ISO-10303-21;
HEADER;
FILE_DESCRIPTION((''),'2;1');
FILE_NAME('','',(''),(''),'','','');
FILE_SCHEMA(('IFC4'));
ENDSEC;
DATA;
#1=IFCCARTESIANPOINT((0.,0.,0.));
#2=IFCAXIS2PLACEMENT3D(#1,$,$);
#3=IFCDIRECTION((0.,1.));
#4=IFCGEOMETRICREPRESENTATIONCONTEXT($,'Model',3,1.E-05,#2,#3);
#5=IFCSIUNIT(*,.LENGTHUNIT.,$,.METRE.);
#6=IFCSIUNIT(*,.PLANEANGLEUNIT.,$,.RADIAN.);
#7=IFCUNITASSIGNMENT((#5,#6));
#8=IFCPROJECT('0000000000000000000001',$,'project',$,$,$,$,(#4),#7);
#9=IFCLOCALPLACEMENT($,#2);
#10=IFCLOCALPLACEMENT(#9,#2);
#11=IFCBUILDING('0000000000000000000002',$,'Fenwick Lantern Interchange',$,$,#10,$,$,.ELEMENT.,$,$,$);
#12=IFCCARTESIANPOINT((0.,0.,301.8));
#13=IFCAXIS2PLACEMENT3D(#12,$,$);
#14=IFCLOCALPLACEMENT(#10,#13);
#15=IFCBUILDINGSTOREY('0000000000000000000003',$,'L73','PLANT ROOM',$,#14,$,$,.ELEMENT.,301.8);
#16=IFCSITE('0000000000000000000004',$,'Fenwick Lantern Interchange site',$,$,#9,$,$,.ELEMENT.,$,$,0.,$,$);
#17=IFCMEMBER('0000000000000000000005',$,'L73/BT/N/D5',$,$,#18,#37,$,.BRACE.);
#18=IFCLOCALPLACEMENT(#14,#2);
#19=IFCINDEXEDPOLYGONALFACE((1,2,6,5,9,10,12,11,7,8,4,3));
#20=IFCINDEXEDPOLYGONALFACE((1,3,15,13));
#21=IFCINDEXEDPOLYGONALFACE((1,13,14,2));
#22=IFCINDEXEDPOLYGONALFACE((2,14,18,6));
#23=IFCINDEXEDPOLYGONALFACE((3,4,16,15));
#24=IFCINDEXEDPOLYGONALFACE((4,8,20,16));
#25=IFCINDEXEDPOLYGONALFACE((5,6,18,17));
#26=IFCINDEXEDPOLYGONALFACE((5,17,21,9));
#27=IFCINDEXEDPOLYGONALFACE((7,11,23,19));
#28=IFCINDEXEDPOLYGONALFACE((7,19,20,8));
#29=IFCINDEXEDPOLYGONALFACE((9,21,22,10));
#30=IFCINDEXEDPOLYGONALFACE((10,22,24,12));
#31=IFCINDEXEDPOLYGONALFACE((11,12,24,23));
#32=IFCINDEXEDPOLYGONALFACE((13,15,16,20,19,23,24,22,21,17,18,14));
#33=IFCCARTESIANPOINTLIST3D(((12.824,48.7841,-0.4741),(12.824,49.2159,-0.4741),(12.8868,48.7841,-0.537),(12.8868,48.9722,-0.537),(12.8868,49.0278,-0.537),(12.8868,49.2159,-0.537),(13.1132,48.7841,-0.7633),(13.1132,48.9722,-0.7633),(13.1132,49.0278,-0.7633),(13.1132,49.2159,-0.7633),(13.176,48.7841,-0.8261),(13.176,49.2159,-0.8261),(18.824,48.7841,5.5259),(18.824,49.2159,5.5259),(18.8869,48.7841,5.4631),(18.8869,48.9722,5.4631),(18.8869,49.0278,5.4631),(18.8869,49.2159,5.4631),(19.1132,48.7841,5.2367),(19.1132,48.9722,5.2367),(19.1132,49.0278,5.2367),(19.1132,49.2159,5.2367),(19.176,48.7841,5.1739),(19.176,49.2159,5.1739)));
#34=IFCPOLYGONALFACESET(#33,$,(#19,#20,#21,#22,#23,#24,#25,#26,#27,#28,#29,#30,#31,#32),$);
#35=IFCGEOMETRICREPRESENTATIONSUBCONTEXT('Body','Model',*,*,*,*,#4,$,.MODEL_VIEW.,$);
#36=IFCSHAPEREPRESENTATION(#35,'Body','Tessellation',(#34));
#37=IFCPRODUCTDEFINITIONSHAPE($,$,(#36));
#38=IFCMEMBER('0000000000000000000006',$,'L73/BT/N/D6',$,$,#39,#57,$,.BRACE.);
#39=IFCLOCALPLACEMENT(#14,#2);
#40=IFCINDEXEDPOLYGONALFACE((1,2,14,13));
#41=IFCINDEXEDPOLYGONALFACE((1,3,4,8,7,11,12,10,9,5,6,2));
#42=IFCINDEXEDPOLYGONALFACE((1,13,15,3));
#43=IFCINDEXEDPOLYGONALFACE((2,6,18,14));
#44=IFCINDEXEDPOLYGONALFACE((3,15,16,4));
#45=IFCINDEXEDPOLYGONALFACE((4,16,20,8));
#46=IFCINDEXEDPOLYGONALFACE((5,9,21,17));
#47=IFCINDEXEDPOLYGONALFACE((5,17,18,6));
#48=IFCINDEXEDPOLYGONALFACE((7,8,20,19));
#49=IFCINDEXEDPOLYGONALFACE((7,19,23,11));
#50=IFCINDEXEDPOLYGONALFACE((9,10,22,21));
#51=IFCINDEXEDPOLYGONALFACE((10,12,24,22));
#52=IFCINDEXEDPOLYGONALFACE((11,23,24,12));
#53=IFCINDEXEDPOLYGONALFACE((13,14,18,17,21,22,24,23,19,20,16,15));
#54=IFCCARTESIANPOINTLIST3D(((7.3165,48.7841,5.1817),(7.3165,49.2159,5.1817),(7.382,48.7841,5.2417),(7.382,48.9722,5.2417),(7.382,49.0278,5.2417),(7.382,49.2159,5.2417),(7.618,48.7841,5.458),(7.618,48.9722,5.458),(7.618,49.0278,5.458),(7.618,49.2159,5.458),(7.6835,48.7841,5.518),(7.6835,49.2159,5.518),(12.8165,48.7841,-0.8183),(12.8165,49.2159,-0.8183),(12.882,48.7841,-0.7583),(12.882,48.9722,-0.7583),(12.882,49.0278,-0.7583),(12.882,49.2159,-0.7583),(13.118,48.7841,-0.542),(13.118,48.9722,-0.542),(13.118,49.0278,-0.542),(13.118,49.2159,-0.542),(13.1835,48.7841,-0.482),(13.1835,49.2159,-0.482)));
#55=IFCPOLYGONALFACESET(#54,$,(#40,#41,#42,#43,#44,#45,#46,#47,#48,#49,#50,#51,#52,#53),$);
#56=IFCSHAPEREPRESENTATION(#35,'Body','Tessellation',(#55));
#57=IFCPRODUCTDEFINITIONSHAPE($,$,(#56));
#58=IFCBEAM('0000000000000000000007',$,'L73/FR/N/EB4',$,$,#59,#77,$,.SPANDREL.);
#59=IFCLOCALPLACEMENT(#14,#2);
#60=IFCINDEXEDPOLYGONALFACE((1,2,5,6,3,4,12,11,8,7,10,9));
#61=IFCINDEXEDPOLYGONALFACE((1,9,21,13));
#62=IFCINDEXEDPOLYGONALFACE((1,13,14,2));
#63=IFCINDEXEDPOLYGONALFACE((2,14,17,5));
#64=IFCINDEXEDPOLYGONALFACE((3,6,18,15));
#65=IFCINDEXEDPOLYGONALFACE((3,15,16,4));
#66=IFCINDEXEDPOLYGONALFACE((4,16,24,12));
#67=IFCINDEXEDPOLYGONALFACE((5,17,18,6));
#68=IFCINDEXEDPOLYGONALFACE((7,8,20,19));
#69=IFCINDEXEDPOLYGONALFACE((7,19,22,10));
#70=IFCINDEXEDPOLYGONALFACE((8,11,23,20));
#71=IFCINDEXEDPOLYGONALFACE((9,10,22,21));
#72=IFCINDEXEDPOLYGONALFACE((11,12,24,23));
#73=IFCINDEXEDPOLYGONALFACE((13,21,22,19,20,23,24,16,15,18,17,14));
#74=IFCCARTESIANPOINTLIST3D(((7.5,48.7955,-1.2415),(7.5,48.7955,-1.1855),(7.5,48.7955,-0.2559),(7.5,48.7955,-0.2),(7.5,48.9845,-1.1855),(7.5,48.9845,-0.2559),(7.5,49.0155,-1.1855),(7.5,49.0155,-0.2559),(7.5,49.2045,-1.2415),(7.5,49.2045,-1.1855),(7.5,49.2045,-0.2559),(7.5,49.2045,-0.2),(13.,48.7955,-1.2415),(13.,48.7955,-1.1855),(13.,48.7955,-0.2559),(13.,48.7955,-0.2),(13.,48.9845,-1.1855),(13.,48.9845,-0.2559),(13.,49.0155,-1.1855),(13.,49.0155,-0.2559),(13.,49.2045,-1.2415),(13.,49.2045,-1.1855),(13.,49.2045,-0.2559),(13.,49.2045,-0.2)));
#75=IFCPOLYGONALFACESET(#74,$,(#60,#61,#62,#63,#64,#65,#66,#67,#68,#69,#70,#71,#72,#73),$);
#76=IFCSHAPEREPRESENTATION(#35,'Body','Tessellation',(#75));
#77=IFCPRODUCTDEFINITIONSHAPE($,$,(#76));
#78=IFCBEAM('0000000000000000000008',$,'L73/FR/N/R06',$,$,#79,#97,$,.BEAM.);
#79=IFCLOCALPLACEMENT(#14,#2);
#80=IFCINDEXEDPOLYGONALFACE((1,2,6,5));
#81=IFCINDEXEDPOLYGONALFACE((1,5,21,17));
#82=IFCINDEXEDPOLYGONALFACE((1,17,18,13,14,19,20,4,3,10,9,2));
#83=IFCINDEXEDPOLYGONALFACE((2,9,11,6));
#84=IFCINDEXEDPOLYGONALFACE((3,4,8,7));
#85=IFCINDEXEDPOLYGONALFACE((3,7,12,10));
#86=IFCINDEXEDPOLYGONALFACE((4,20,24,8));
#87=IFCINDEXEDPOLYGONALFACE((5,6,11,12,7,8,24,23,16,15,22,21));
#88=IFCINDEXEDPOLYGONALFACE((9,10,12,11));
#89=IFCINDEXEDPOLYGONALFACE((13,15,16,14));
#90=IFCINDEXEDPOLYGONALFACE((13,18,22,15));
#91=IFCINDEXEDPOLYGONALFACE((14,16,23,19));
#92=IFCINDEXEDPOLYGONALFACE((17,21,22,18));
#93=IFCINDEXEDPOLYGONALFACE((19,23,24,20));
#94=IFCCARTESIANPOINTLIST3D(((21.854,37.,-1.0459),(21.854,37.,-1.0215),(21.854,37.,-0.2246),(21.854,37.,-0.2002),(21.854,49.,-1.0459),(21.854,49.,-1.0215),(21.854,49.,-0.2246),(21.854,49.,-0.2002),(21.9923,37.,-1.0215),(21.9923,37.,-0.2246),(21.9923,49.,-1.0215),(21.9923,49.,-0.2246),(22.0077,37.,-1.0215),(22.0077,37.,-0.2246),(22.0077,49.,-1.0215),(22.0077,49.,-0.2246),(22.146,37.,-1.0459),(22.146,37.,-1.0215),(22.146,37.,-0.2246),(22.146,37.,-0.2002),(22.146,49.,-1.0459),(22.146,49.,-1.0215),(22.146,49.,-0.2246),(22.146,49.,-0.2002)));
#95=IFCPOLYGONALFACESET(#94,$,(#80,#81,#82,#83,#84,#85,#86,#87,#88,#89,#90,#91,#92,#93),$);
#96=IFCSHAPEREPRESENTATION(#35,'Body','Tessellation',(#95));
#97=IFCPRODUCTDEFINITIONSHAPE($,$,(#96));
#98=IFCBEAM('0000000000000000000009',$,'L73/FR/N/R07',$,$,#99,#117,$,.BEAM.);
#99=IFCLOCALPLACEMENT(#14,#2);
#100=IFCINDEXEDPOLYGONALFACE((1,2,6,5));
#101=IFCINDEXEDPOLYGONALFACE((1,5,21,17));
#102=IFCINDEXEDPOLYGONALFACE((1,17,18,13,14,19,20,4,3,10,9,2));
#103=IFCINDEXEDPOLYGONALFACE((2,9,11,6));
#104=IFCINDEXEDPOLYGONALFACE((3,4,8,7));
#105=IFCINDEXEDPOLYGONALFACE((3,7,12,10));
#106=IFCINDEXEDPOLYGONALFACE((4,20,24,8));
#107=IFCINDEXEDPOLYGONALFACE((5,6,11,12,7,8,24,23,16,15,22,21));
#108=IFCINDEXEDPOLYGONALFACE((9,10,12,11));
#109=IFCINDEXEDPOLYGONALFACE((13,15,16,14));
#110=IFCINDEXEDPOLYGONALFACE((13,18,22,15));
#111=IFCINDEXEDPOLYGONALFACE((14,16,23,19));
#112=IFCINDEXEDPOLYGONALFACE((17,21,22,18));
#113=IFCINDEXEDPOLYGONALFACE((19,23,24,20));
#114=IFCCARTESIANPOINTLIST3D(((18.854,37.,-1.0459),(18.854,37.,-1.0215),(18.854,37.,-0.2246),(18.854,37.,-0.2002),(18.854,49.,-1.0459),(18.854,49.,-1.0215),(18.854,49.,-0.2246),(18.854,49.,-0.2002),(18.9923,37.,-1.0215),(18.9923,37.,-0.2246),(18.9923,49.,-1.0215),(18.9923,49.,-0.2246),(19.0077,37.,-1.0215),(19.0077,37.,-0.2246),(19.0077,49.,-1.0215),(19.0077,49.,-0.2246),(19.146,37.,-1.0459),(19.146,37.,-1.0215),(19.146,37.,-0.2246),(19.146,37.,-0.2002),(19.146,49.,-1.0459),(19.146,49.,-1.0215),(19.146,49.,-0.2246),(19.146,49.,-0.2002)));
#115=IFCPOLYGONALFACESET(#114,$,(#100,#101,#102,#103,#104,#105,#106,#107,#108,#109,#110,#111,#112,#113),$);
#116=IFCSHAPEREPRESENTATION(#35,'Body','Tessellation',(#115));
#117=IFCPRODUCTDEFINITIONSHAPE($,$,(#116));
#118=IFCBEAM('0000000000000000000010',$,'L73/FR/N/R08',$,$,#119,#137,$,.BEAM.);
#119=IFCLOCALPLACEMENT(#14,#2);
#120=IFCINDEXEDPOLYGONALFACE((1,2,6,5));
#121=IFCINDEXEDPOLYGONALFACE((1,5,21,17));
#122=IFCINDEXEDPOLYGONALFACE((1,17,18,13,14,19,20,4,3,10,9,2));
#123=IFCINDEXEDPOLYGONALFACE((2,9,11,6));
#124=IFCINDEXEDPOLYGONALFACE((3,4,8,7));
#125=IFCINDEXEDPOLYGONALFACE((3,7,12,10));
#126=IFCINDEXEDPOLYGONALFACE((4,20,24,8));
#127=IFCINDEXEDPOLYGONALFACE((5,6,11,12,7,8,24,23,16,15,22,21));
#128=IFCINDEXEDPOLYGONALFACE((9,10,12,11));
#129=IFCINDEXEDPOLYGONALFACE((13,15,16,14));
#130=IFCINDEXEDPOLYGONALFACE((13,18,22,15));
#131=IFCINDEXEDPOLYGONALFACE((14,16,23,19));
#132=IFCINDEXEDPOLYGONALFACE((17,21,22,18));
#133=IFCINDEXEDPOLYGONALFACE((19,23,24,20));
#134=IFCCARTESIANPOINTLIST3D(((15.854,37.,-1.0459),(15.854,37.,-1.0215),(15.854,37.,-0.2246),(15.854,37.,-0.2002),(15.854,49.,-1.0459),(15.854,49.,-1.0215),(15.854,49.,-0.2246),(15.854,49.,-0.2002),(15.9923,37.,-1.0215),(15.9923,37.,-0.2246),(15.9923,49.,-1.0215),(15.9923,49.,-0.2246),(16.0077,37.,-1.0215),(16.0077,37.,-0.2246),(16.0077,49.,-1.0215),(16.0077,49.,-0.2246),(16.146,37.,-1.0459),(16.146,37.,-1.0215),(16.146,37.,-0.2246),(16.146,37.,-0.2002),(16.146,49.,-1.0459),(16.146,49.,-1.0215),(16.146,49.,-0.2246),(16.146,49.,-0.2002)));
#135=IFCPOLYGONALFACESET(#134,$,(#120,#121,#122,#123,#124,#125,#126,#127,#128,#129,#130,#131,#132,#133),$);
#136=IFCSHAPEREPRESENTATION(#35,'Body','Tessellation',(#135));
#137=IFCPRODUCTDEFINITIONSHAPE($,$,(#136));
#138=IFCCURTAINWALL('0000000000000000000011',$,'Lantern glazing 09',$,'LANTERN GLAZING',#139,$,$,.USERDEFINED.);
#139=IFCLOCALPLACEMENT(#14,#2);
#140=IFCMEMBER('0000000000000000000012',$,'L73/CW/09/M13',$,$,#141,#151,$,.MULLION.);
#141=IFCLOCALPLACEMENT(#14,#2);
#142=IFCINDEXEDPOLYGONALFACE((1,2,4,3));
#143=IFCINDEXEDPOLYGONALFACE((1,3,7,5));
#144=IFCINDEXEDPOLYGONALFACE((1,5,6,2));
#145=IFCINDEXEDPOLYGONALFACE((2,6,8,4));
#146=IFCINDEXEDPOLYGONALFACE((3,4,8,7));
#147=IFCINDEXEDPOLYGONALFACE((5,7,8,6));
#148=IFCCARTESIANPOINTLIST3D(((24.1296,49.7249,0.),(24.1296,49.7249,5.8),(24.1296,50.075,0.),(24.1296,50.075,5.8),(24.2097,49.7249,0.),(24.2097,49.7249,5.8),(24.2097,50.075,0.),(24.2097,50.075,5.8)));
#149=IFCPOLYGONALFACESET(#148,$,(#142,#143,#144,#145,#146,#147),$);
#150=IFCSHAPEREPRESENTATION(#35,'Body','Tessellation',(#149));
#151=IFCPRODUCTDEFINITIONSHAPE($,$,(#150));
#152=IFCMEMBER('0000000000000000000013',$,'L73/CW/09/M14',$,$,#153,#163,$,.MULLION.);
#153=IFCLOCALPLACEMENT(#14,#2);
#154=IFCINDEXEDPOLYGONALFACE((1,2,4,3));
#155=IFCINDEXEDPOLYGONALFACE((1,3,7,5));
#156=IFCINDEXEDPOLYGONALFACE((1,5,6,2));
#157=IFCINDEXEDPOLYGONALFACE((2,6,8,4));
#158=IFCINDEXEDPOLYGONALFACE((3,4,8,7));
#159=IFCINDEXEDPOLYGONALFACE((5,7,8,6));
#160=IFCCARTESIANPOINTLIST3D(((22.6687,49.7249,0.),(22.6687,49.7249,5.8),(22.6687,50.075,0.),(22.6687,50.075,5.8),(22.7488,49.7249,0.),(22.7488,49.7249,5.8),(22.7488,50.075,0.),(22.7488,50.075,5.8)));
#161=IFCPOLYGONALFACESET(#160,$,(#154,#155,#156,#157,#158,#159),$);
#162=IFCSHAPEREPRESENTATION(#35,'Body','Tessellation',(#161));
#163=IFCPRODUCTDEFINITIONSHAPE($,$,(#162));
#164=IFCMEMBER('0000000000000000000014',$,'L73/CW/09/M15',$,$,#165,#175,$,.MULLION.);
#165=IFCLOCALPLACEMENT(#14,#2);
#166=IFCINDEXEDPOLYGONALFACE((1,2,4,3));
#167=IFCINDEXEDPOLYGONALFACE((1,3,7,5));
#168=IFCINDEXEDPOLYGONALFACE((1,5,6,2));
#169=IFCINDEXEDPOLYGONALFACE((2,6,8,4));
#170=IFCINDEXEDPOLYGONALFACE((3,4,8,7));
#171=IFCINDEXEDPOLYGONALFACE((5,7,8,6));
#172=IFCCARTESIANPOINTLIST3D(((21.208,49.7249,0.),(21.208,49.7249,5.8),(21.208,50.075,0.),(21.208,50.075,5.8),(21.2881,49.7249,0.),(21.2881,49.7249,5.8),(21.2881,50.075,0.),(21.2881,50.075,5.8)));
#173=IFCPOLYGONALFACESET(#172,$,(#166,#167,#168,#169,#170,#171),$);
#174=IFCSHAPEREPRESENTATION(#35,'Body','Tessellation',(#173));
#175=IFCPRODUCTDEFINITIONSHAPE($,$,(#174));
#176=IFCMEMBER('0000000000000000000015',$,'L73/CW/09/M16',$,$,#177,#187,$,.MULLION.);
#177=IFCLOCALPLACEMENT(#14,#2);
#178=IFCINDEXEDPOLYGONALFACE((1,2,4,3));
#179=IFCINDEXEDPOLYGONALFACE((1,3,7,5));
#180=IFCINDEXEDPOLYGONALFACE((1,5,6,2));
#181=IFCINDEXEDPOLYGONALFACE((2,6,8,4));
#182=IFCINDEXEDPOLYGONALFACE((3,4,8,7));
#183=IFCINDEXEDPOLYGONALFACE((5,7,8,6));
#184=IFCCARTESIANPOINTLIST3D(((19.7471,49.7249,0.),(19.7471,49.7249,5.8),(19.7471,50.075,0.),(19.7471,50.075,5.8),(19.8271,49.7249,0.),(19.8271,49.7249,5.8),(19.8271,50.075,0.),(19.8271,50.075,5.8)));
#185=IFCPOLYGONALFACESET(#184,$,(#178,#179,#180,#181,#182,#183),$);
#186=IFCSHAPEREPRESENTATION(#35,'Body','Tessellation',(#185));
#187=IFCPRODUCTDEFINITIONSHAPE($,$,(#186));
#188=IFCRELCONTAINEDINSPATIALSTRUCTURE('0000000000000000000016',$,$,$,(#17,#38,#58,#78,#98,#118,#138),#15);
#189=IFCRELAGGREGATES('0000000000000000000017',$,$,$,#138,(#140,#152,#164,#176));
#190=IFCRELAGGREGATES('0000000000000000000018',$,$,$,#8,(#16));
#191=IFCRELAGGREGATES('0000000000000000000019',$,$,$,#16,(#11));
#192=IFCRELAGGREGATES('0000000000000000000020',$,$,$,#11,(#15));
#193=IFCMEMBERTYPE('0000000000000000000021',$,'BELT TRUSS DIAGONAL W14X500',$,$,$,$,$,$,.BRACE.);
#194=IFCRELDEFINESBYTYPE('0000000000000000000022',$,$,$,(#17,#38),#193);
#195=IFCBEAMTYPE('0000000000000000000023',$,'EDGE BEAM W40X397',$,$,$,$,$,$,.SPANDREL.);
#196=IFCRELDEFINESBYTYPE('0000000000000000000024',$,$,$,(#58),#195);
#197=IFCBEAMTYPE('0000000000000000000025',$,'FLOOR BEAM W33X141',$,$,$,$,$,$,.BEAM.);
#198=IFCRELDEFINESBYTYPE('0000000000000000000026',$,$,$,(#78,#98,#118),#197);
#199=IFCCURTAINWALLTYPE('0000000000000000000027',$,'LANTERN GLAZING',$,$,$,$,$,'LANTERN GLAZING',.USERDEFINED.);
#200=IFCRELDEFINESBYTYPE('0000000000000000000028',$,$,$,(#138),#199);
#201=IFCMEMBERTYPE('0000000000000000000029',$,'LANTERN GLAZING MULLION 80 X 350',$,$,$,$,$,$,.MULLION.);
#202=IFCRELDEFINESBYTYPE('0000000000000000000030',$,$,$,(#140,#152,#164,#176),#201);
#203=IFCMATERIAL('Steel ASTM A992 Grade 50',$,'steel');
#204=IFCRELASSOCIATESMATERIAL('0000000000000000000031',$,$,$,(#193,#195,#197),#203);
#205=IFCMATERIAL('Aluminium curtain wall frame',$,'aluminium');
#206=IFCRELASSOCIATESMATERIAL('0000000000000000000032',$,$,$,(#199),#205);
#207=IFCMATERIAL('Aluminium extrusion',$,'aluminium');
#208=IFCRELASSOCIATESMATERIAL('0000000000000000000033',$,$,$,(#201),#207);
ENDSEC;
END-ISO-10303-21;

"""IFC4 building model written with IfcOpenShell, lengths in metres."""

from ifc_helpers import new_model, si_unit, direction, frame, origin, origin_2d, place, context, subcontext, project, spatial, rectangle, i_section, extrude, material, material_profile, profile_set, type_object, element, aggregate, save


model = new_model("IFC4")

# Units and contexts
model_context = context("Model", 3, precision=1e-05, world=origin(), true_north=direction((0.0, 1.0)))
body_context = subcontext(model_context, "Body", "Model", "MODEL_VIEW")
ifc_project = project(units=[si_unit("LENGTHUNIT", "METRE"), si_unit("PLANEANGLEUNIT", "RADIAN")], contexts=[model_context])

# Site, building, storey
site_placement = place(None, origin())
site = spatial("IfcSite", under=ifc_project, at=site_placement, Name="Fenwick Lantern Interchange site", CompositionType="ELEMENT", RefElevation=0.0)
building_placement = place(site_placement, origin())
building = spatial("IfcBuilding", under=site, at=building_placement, Name="Fenwick Lantern Interchange", CompositionType="ELEMENT")
storey_placement = place(building_placement, frame((0.0, 0.0, 301.8)))
storey = spatial("IfcBuildingStorey", under=building, at=storey_placement, Name="L73", Description="PLANT ROOM", CompositionType="ELEMENT", Elevation=301.8)

# Members
ifc_material_1 = material(Name="Steel ASTM A992 Grade 50", Category="steel")
ifc_material_profile_1 = material_profile(ifc_material_1, i_section(OverallWidth=0.4319, OverallDepth=0.4978, WebThickness=0.0557, FlangeThickness=0.0889, at=origin_2d()), Name="W14X500")
ifc_profile_set_1 = profile_set([ifc_material_profile_1], Name="Steel ASTM A992 Grade 50")
member_type_1 = type_object("IfcMemberType", Name="BELT TRUSS DIAGONAL W14X500", PredefinedType="BRACE", material=ifc_profile_set_1)
member_1_placement = place(storey_placement, frame((13.0, 49.0, -0.6501), z_axis=(0.707107, 0.0, 0.707107), x_axis=(0.0, 1.0, 0.0)))
element("IfcMember", 1, at=member_1_placement, inside=storey, type_object=member_type_1, Name="L73/BT/N/D5", PredefinedType="BRACE", context=body_context, shape_type="SweptSolid", body=[
    extrude(i_section(OverallWidth=0.4319, OverallDepth=0.4978, WebThickness=0.0557, FlangeThickness=0.0889, at=origin_2d()), origin(), (0.0, 0.0, 1.0), 8.4854),
])
member_2_placement = place(storey_placement, frame((13.0, 49.0, -0.6501), z_axis=(-0.675725, 0.0, 0.737154), x_axis=(0.0, -1.0, 0.0)))
element("IfcMember", 2, at=member_2_placement, inside=storey, type_object=member_type_1, Name="L73/BT/N/D6", PredefinedType="BRACE", context=body_context, shape_type="SweptSolid", body=[
    extrude(i_section(OverallWidth=0.4319, OverallDepth=0.4978, WebThickness=0.0557, FlangeThickness=0.0889, at=origin_2d()), origin(), (0.0, 0.0, 1.0), 8.1394),
])

# Beams
ifc_material_profile_2 = material_profile(ifc_material_1, i_section(OverallWidth=0.4089, OverallDepth=1.0415, WebThickness=0.031, FlangeThickness=0.0559, at=origin_2d()), Name="W40X397")
ifc_profile_set_2 = profile_set([ifc_material_profile_2], Name="Steel ASTM A992 Grade 50")
beam_type_1 = type_object("IfcBeamType", Name="EDGE BEAM W40X397", PredefinedType="SPANDREL", material=ifc_profile_set_2)
beam_1_placement = place(storey_placement, frame((13.0, 49.0, -0.7207), z_axis=(-1.0, 0.0, 0.0), x_axis=(0.0, -1.0, 0.0)))
element("IfcBeam", 3, at=beam_1_placement, inside=storey, type_object=beam_type_1, Name="L73/FR/N/EB4", PredefinedType="SPANDREL", context=body_context, shape_type="SweptSolid", body=[
    extrude(i_section(OverallWidth=0.4089, OverallDepth=1.0415, WebThickness=0.031, FlangeThickness=0.0559, at=origin_2d()), origin(), (0.0, 0.0, 1.0), 5.5),
])
ifc_material_profile_3 = material_profile(ifc_material_1, i_section(OverallWidth=0.292, OverallDepth=0.8457, WebThickness=0.0154, FlangeThickness=0.0244, at=origin_2d()), Name="W33X141")
ifc_profile_set_3 = profile_set([ifc_material_profile_3], Name="Steel ASTM A992 Grade 50")
beam_type_2 = type_object("IfcBeamType", Name="FLOOR BEAM W33X141", PredefinedType="BEAM", material=ifc_profile_set_3)
for number, where, z_axis, x_axis, name in (
    (4, (22.0, 49.0, -0.623), (0.0, -1.0, 0.0), (1.0, 0.0, 0.0), "L73/FR/N/R06"),
    (5, (19.0, 49.0, -0.623), (0.0, -1.0, 0.0), (1.0, 0.0, 0.0), "L73/FR/N/R07"),
    (6, (16.0, 49.0, -0.623), (0.0, -1.0, 0.0), (1.0, 0.0, 0.0), "L73/FR/N/R08"),
):
    element("IfcBeam", number, at=place(storey_placement, frame(where, z_axis=z_axis, x_axis=x_axis)), inside=storey, type_object=beam_type_2, Name=name, PredefinedType="BEAM", context=body_context, shape_type="SweptSolid", body=[
        extrude(i_section(OverallWidth=0.292, OverallDepth=0.8457, WebThickness=0.0154, FlangeThickness=0.0244, at=origin_2d()), origin(), (0.0, 0.0, 1.0), 12.0),
    ])

# Curtain wall, members
ifc_material_2 = material(Name="Aluminium curtain wall frame", Category="aluminium")
curtain_wall_type = type_object("IfcCurtainWallType", Name="LANTERN GLAZING", ElementType="LANTERN GLAZING", PredefinedType="USERDEFINED", material=ifc_material_2)
curtain_wall_placement = place(storey_placement, origin())
curtain_wall = element("IfcCurtainWall", 7, at=curtain_wall_placement, inside=storey, type_object=curtain_wall_type, Name="Lantern glazing 09", ObjectType="LANTERN GLAZING", PredefinedType="USERDEFINED")
ifc_material_3 = material(Name="Aluminium extrusion", Category="aluminium")
ifc_material_profile_4 = material_profile(ifc_material_3, rectangle(XDim=0.3501, YDim=0.0801, at=origin_2d()), Name="LANTERN GLAZING MULLION 80 X 350")
ifc_profile_set_4 = profile_set([ifc_material_profile_4], Name="Aluminium extrusion")
member_type_2 = type_object("IfcMemberType", Name="LANTERN GLAZING MULLION 80 X 350", PredefinedType="MULLION", material=ifc_profile_set_4)
member_3_placement = place(storey_placement, frame((24.1697, 49.8999, 0.0), z_axis=(0.0, 0.0, 1.0), x_axis=(0.0, -1.0, 0.0)))
member_3 = element("IfcMember", 8, at=member_3_placement, type_object=member_type_2, Name="L73/CW/09/M13", PredefinedType="MULLION", context=body_context, shape_type="SweptSolid", body=[
    extrude(rectangle(XDim=0.3501, YDim=0.0801, at=origin_2d()), origin(), (0.0, 0.0, 1.0), 5.8),
])
member_4_placement = place(storey_placement, frame((22.7087, 49.8999, 0.0), z_axis=(0.0, 0.0, 1.0), x_axis=(0.0, -1.0, 0.0)))
member_4 = element("IfcMember", 9, at=member_4_placement, type_object=member_type_2, Name="L73/CW/09/M14", PredefinedType="MULLION", context=body_context, shape_type="SweptSolid", body=[
    extrude(rectangle(XDim=0.3501, YDim=0.0801, at=origin_2d()), origin(), (0.0, 0.0, 1.0), 5.8),
])
member_5_placement = place(storey_placement, frame((21.248, 49.8999, 0.0), z_axis=(0.0, 0.0, 1.0), x_axis=(0.0, -1.0, 0.0)))
member_5 = element("IfcMember", 10, at=member_5_placement, type_object=member_type_2, Name="L73/CW/09/M15", PredefinedType="MULLION", context=body_context, shape_type="SweptSolid", body=[
    extrude(rectangle(XDim=0.3501, YDim=0.0801, at=origin_2d()), origin(), (0.0, 0.0, 1.0), 5.8),
])
member_6_placement = place(storey_placement, frame((19.7871, 49.8999, 0.0), z_axis=(0.0, 0.0, 1.0), x_axis=(0.0, -1.0, 0.0)))
member_6 = element("IfcMember", 11, at=member_6_placement, type_object=member_type_2, Name="L73/CW/09/M16", PredefinedType="MULLION", context=body_context, shape_type="SweptSolid", body=[
    extrude(rectangle(XDim=0.3501, YDim=0.0801, at=origin_2d()), origin(), (0.0, 0.0, 1.0), 5.8),
])
aggregate(curtain_wall, [member_3, member_4, member_5, member_6])

save(model, "model.ifc")
